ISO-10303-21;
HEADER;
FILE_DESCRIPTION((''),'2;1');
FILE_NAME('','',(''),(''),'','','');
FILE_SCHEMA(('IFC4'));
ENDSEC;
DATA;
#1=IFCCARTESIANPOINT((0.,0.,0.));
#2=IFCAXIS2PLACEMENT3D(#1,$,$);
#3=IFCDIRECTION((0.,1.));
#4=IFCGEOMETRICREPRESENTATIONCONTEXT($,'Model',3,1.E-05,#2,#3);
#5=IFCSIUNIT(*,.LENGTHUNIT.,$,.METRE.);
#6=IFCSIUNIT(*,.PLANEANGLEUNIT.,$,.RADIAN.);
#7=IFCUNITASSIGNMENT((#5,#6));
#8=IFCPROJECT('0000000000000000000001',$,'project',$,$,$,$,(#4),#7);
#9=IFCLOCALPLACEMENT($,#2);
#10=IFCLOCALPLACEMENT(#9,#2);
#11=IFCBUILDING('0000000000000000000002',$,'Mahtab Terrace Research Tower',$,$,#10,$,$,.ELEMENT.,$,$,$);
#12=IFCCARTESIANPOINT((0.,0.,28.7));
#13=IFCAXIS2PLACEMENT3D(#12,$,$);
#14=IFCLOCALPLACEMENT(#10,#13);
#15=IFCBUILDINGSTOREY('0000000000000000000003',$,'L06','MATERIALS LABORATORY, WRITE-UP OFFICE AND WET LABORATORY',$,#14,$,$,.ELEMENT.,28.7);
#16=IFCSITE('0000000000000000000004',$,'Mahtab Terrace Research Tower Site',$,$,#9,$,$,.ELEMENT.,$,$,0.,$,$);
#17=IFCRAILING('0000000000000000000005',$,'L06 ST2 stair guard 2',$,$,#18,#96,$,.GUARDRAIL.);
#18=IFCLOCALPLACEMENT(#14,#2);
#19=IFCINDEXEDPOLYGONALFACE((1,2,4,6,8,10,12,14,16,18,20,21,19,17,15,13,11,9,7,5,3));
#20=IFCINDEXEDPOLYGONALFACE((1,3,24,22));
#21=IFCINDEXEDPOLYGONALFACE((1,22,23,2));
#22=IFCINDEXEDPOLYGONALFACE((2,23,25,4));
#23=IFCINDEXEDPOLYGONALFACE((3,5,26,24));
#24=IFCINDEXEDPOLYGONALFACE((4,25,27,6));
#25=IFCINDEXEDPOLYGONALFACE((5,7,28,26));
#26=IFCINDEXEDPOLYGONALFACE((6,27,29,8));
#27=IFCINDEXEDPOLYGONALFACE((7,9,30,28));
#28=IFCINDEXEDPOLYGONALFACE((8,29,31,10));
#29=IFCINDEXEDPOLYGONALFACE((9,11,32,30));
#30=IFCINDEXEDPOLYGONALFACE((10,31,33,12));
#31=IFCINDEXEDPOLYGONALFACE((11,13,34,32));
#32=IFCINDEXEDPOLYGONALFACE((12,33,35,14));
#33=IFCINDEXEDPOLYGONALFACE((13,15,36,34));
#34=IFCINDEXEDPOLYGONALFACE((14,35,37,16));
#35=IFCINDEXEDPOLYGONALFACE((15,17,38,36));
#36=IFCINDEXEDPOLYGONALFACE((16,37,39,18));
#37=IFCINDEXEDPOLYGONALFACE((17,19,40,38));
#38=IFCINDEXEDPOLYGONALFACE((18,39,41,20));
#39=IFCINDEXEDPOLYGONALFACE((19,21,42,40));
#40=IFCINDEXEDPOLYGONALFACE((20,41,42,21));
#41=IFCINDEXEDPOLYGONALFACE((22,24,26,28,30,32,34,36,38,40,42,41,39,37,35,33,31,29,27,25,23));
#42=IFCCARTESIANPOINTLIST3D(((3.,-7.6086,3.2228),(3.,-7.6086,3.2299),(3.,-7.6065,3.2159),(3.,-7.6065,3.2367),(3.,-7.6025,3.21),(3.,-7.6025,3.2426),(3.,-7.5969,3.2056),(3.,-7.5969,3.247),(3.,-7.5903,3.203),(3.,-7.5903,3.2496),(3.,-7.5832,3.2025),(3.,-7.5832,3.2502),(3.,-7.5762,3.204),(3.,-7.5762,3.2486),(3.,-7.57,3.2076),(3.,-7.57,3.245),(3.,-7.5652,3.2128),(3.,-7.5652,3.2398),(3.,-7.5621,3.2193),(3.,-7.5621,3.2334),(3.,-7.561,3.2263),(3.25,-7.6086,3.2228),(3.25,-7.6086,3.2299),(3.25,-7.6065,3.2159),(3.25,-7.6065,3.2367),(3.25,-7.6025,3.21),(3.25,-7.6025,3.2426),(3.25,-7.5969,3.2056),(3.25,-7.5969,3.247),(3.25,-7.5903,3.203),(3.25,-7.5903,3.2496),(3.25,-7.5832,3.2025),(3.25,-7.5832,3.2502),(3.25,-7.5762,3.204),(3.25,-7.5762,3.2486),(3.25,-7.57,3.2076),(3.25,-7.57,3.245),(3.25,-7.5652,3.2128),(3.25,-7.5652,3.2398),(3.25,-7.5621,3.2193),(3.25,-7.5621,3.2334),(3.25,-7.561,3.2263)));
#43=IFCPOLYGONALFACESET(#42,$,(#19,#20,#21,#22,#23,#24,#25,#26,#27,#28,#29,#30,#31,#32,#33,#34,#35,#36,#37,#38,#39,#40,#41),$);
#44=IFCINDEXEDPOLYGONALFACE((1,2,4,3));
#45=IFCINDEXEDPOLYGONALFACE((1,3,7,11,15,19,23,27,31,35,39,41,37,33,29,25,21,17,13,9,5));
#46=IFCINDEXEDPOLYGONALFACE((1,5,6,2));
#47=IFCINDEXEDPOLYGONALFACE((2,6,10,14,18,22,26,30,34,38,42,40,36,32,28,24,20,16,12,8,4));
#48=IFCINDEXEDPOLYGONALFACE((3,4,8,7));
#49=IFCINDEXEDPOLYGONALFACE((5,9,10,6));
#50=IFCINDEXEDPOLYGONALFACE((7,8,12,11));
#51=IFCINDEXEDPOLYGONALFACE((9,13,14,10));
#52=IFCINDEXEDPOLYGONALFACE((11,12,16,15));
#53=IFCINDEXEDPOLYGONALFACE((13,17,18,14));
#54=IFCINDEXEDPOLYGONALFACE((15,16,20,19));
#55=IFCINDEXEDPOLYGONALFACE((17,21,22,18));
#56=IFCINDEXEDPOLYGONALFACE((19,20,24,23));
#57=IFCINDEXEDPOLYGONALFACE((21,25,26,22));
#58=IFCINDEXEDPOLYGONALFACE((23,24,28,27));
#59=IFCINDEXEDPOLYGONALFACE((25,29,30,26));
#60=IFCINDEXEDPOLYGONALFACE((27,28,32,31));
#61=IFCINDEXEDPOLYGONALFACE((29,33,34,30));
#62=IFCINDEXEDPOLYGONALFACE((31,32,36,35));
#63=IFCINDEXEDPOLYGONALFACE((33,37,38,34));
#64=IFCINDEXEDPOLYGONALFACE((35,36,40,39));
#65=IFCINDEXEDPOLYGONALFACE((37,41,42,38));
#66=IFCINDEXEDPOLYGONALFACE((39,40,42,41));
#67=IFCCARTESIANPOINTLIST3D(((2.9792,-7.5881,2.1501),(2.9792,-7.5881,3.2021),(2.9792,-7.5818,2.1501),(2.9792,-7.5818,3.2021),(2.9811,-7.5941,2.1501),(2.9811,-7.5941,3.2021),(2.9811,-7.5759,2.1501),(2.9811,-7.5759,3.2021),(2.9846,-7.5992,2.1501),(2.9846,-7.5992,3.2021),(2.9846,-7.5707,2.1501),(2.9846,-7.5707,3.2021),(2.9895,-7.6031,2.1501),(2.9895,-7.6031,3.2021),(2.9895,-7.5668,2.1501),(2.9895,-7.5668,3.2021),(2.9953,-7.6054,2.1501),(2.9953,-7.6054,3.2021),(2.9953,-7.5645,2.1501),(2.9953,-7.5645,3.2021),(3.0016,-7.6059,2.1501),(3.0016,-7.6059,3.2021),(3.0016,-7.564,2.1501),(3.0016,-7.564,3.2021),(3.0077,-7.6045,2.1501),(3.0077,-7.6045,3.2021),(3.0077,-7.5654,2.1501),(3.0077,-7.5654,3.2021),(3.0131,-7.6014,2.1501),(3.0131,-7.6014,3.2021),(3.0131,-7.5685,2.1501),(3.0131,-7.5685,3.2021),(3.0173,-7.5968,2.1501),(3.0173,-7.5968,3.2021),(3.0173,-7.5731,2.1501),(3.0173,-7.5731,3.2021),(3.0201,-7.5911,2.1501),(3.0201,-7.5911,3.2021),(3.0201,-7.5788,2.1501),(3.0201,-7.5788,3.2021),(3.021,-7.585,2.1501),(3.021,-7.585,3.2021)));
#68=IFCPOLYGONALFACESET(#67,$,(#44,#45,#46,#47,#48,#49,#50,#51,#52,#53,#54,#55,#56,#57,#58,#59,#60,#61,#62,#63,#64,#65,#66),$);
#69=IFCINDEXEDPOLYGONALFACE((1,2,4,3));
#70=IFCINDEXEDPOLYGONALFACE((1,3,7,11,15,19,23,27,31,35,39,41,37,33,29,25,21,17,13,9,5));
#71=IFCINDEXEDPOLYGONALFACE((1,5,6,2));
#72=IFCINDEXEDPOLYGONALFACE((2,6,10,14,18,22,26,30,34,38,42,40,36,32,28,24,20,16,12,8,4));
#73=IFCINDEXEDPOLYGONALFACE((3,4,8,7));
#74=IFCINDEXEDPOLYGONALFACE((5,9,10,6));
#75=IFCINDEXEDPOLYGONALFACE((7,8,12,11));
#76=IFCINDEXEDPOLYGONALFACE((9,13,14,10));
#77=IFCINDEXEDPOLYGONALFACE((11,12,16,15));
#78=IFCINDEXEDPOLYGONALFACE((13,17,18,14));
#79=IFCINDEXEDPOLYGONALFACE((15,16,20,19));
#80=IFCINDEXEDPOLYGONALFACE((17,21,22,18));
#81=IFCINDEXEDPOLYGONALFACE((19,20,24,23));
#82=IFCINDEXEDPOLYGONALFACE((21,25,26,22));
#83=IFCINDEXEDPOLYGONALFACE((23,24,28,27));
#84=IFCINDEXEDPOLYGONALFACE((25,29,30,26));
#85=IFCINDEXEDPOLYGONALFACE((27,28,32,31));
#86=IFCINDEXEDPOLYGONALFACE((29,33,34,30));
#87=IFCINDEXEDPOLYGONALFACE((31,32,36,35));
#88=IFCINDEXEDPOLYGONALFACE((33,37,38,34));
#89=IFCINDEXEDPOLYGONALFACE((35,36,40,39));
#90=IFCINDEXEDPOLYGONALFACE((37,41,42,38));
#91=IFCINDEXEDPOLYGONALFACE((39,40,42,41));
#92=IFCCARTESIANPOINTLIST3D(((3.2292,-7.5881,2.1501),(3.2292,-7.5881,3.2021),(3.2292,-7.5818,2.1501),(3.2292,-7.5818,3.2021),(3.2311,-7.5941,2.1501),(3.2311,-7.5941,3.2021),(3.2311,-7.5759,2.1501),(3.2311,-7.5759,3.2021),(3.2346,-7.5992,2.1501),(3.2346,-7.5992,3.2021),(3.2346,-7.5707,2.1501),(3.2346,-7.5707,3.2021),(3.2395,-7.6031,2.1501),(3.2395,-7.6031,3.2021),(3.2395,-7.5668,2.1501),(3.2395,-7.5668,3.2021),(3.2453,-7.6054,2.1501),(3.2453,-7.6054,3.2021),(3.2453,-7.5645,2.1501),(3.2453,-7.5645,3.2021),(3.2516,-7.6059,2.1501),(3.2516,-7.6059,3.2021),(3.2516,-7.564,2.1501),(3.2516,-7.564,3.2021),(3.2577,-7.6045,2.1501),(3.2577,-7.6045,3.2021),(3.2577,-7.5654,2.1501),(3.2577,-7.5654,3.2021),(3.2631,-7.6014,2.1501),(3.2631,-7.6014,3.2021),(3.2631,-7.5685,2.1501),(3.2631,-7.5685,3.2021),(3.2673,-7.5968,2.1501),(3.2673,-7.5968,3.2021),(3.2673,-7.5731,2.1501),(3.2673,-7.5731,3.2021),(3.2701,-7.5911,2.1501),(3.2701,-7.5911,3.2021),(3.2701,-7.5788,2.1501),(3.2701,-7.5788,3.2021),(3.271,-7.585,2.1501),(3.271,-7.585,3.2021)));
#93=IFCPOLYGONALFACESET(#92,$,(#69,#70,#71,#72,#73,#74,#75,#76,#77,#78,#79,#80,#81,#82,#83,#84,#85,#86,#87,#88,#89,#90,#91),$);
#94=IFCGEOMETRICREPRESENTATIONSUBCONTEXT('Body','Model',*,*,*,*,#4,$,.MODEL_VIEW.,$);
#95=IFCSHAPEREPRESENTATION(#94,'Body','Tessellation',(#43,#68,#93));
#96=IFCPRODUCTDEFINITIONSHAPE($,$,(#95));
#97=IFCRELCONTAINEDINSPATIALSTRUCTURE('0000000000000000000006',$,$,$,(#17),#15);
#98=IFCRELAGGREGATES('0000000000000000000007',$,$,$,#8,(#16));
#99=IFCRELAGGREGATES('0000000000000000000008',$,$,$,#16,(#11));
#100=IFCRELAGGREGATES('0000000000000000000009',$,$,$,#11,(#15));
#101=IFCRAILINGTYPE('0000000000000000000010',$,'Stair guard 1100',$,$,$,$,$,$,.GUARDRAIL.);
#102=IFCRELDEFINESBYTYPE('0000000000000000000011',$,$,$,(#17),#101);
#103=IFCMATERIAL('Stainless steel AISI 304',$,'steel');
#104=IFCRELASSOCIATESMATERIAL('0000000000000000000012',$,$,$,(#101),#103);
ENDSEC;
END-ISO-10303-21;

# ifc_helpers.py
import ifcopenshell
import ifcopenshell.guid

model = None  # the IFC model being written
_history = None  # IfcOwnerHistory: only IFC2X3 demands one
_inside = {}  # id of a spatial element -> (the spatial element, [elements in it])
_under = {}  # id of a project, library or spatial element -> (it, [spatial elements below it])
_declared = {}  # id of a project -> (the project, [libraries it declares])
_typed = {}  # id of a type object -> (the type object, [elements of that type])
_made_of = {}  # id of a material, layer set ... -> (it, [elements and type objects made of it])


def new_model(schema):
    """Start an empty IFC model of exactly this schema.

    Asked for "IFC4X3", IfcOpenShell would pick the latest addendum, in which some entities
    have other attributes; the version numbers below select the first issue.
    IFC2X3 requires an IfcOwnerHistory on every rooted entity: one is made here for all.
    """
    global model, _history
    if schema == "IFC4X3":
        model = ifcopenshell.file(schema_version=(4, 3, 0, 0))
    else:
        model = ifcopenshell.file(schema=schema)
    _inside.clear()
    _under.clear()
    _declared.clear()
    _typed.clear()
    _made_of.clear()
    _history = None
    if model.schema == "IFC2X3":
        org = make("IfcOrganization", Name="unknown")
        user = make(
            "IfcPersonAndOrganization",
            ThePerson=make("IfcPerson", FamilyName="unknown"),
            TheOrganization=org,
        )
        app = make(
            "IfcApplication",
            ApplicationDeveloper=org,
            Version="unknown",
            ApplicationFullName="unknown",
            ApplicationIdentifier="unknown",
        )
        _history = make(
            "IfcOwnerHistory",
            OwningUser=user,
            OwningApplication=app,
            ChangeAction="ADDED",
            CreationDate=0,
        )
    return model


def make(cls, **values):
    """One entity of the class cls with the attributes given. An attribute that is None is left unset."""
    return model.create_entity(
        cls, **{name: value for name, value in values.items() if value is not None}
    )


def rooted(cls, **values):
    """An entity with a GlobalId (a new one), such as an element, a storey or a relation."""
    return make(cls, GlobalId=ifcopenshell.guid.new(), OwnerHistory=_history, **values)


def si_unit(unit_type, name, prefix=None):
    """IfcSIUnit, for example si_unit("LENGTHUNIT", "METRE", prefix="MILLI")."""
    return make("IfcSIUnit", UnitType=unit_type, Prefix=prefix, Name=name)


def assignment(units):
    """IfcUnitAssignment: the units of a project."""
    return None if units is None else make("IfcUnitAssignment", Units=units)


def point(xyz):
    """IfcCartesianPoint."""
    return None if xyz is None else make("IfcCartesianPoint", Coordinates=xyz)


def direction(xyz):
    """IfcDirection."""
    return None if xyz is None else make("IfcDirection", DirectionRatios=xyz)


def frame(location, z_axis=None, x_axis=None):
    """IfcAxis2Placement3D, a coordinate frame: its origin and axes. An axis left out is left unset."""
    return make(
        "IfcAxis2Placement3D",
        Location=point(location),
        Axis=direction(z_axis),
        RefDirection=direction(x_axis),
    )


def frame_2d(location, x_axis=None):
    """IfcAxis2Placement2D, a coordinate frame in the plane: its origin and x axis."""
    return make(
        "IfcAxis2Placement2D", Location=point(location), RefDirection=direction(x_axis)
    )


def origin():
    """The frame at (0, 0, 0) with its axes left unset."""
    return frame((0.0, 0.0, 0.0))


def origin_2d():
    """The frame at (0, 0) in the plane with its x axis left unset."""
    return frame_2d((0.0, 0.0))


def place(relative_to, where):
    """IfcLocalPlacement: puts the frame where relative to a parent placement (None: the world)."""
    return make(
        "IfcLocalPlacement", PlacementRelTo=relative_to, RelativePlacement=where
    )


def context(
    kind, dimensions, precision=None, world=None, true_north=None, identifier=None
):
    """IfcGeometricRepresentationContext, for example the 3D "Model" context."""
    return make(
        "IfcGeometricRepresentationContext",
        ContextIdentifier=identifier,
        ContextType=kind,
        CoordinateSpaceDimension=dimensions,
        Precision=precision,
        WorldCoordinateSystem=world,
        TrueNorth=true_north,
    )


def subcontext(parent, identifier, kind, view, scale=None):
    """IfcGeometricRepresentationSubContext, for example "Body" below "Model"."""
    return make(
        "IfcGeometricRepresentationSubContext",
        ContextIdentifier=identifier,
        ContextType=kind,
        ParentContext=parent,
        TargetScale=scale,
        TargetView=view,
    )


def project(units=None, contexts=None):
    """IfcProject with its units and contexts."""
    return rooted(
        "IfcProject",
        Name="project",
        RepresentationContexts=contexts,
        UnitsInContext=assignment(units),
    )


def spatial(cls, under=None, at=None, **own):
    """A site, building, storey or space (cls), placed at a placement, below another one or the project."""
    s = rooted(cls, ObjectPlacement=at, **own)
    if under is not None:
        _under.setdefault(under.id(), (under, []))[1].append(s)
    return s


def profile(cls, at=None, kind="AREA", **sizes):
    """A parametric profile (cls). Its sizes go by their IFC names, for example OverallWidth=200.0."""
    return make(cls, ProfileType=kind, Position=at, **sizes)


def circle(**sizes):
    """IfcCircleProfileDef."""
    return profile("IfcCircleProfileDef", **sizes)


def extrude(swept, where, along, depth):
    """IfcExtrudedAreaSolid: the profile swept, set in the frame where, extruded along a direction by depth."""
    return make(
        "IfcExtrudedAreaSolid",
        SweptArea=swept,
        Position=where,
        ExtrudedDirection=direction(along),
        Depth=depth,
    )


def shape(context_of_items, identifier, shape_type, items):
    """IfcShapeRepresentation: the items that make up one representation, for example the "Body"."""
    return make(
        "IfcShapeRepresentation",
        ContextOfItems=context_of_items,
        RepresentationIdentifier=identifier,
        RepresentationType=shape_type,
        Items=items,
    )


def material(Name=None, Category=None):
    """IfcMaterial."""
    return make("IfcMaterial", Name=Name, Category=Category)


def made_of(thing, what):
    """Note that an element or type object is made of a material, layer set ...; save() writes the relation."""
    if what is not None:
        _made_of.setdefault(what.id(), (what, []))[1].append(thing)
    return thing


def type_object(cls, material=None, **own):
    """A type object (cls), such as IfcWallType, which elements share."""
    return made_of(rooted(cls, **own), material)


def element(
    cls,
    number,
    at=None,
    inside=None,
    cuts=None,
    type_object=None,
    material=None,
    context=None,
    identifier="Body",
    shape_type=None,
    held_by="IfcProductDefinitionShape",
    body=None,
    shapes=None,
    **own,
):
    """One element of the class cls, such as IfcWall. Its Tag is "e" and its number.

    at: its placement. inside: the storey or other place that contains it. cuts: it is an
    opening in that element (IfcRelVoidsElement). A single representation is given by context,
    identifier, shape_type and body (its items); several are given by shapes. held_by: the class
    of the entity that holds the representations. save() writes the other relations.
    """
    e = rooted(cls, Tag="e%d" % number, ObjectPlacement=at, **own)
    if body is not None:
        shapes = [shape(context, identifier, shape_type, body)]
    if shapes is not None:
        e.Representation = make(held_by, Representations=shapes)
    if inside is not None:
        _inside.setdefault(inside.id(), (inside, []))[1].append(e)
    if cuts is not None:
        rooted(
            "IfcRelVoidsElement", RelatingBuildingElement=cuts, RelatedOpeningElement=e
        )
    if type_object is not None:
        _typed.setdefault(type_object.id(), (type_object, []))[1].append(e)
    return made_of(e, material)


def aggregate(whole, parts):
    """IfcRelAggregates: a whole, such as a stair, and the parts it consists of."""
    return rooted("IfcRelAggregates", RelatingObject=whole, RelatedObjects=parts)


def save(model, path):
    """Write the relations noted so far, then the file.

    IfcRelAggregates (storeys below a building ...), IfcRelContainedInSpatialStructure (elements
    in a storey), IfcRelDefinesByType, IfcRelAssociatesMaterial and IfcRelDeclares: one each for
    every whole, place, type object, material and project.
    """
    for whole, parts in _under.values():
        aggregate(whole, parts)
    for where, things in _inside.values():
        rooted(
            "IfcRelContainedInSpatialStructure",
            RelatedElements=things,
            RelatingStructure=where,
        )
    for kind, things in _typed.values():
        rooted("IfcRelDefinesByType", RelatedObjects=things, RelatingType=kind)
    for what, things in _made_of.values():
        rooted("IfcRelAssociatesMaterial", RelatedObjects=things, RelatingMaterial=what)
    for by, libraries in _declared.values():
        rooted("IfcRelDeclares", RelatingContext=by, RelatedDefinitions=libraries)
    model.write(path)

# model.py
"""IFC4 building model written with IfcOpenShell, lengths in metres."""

from ifc_helpers import new_model, si_unit, direction, frame, origin, origin_2d, place, context, subcontext, project, spatial, circle, extrude, material, type_object, element, save


model = new_model("IFC4")

# Units and contexts
model_context = context("Model", 3, precision=1e-05, world=origin(), true_north=direction((0.0, 1.0)))
body_context = subcontext(model_context, "Body", "Model", "MODEL_VIEW")
ifc_project = project(units=[si_unit("LENGTHUNIT", "METRE"), si_unit("PLANEANGLEUNIT", "RADIAN")], contexts=[model_context])

# Site, building, storey
site_placement = place(None, origin())
site = spatial("IfcSite", under=ifc_project, at=site_placement, Name="Mahtab Terrace Research Tower Site", CompositionType="ELEMENT", RefElevation=0.0)
building_placement = place(site_placement, origin())
building = spatial("IfcBuilding", under=site, at=building_placement, Name="Mahtab Terrace Research Tower", CompositionType="ELEMENT")
storey_placement = place(building_placement, frame((0.0, 0.0, 28.7)))
storey = spatial("IfcBuildingStorey", under=building, at=storey_placement, Name="L06", Description="MATERIALS LABORATORY, WRITE-UP OFFICE AND WET LABORATORY", CompositionType="ELEMENT", Elevation=28.7)

# Railing
ifc_material_1 = material(Name="Stainless steel AISI 304", Category="steel")
railing_type_1 = type_object("IfcRailingType", Name="Stair guard 1100", PredefinedType="GUARDRAIL", material=ifc_material_1)
railing_1_placement = place(storey_placement, frame((3.0, -7.585, 2.1501)))
element("IfcRailing", 1, at=railing_1_placement, inside=storey, type_object=railing_type_1, Name="L06 ST2 stair guard 2", PredefinedType="GUARDRAIL", context=body_context, shape_type="SweptSolid", body=[
    extrude(circle(Radius=0.0239, at=origin_2d()), frame((0.0, 0.0, 1.0762), z_axis=(1.0, 0.0, 0.0), x_axis=(0.0, 1.0, 0.0)), (0.0, 0.0, 1.0), 0.25),
    extrude(circle(Radius=0.021, at=origin_2d()), origin(), (0.0, 0.0, 1.0), 1.052),
    extrude(circle(Radius=0.021, at=origin_2d()), frame((0.25, 0.0, 0.0)), (0.0, 0.0, 1.0), 1.052),
])

save(model, "model.ifc")
